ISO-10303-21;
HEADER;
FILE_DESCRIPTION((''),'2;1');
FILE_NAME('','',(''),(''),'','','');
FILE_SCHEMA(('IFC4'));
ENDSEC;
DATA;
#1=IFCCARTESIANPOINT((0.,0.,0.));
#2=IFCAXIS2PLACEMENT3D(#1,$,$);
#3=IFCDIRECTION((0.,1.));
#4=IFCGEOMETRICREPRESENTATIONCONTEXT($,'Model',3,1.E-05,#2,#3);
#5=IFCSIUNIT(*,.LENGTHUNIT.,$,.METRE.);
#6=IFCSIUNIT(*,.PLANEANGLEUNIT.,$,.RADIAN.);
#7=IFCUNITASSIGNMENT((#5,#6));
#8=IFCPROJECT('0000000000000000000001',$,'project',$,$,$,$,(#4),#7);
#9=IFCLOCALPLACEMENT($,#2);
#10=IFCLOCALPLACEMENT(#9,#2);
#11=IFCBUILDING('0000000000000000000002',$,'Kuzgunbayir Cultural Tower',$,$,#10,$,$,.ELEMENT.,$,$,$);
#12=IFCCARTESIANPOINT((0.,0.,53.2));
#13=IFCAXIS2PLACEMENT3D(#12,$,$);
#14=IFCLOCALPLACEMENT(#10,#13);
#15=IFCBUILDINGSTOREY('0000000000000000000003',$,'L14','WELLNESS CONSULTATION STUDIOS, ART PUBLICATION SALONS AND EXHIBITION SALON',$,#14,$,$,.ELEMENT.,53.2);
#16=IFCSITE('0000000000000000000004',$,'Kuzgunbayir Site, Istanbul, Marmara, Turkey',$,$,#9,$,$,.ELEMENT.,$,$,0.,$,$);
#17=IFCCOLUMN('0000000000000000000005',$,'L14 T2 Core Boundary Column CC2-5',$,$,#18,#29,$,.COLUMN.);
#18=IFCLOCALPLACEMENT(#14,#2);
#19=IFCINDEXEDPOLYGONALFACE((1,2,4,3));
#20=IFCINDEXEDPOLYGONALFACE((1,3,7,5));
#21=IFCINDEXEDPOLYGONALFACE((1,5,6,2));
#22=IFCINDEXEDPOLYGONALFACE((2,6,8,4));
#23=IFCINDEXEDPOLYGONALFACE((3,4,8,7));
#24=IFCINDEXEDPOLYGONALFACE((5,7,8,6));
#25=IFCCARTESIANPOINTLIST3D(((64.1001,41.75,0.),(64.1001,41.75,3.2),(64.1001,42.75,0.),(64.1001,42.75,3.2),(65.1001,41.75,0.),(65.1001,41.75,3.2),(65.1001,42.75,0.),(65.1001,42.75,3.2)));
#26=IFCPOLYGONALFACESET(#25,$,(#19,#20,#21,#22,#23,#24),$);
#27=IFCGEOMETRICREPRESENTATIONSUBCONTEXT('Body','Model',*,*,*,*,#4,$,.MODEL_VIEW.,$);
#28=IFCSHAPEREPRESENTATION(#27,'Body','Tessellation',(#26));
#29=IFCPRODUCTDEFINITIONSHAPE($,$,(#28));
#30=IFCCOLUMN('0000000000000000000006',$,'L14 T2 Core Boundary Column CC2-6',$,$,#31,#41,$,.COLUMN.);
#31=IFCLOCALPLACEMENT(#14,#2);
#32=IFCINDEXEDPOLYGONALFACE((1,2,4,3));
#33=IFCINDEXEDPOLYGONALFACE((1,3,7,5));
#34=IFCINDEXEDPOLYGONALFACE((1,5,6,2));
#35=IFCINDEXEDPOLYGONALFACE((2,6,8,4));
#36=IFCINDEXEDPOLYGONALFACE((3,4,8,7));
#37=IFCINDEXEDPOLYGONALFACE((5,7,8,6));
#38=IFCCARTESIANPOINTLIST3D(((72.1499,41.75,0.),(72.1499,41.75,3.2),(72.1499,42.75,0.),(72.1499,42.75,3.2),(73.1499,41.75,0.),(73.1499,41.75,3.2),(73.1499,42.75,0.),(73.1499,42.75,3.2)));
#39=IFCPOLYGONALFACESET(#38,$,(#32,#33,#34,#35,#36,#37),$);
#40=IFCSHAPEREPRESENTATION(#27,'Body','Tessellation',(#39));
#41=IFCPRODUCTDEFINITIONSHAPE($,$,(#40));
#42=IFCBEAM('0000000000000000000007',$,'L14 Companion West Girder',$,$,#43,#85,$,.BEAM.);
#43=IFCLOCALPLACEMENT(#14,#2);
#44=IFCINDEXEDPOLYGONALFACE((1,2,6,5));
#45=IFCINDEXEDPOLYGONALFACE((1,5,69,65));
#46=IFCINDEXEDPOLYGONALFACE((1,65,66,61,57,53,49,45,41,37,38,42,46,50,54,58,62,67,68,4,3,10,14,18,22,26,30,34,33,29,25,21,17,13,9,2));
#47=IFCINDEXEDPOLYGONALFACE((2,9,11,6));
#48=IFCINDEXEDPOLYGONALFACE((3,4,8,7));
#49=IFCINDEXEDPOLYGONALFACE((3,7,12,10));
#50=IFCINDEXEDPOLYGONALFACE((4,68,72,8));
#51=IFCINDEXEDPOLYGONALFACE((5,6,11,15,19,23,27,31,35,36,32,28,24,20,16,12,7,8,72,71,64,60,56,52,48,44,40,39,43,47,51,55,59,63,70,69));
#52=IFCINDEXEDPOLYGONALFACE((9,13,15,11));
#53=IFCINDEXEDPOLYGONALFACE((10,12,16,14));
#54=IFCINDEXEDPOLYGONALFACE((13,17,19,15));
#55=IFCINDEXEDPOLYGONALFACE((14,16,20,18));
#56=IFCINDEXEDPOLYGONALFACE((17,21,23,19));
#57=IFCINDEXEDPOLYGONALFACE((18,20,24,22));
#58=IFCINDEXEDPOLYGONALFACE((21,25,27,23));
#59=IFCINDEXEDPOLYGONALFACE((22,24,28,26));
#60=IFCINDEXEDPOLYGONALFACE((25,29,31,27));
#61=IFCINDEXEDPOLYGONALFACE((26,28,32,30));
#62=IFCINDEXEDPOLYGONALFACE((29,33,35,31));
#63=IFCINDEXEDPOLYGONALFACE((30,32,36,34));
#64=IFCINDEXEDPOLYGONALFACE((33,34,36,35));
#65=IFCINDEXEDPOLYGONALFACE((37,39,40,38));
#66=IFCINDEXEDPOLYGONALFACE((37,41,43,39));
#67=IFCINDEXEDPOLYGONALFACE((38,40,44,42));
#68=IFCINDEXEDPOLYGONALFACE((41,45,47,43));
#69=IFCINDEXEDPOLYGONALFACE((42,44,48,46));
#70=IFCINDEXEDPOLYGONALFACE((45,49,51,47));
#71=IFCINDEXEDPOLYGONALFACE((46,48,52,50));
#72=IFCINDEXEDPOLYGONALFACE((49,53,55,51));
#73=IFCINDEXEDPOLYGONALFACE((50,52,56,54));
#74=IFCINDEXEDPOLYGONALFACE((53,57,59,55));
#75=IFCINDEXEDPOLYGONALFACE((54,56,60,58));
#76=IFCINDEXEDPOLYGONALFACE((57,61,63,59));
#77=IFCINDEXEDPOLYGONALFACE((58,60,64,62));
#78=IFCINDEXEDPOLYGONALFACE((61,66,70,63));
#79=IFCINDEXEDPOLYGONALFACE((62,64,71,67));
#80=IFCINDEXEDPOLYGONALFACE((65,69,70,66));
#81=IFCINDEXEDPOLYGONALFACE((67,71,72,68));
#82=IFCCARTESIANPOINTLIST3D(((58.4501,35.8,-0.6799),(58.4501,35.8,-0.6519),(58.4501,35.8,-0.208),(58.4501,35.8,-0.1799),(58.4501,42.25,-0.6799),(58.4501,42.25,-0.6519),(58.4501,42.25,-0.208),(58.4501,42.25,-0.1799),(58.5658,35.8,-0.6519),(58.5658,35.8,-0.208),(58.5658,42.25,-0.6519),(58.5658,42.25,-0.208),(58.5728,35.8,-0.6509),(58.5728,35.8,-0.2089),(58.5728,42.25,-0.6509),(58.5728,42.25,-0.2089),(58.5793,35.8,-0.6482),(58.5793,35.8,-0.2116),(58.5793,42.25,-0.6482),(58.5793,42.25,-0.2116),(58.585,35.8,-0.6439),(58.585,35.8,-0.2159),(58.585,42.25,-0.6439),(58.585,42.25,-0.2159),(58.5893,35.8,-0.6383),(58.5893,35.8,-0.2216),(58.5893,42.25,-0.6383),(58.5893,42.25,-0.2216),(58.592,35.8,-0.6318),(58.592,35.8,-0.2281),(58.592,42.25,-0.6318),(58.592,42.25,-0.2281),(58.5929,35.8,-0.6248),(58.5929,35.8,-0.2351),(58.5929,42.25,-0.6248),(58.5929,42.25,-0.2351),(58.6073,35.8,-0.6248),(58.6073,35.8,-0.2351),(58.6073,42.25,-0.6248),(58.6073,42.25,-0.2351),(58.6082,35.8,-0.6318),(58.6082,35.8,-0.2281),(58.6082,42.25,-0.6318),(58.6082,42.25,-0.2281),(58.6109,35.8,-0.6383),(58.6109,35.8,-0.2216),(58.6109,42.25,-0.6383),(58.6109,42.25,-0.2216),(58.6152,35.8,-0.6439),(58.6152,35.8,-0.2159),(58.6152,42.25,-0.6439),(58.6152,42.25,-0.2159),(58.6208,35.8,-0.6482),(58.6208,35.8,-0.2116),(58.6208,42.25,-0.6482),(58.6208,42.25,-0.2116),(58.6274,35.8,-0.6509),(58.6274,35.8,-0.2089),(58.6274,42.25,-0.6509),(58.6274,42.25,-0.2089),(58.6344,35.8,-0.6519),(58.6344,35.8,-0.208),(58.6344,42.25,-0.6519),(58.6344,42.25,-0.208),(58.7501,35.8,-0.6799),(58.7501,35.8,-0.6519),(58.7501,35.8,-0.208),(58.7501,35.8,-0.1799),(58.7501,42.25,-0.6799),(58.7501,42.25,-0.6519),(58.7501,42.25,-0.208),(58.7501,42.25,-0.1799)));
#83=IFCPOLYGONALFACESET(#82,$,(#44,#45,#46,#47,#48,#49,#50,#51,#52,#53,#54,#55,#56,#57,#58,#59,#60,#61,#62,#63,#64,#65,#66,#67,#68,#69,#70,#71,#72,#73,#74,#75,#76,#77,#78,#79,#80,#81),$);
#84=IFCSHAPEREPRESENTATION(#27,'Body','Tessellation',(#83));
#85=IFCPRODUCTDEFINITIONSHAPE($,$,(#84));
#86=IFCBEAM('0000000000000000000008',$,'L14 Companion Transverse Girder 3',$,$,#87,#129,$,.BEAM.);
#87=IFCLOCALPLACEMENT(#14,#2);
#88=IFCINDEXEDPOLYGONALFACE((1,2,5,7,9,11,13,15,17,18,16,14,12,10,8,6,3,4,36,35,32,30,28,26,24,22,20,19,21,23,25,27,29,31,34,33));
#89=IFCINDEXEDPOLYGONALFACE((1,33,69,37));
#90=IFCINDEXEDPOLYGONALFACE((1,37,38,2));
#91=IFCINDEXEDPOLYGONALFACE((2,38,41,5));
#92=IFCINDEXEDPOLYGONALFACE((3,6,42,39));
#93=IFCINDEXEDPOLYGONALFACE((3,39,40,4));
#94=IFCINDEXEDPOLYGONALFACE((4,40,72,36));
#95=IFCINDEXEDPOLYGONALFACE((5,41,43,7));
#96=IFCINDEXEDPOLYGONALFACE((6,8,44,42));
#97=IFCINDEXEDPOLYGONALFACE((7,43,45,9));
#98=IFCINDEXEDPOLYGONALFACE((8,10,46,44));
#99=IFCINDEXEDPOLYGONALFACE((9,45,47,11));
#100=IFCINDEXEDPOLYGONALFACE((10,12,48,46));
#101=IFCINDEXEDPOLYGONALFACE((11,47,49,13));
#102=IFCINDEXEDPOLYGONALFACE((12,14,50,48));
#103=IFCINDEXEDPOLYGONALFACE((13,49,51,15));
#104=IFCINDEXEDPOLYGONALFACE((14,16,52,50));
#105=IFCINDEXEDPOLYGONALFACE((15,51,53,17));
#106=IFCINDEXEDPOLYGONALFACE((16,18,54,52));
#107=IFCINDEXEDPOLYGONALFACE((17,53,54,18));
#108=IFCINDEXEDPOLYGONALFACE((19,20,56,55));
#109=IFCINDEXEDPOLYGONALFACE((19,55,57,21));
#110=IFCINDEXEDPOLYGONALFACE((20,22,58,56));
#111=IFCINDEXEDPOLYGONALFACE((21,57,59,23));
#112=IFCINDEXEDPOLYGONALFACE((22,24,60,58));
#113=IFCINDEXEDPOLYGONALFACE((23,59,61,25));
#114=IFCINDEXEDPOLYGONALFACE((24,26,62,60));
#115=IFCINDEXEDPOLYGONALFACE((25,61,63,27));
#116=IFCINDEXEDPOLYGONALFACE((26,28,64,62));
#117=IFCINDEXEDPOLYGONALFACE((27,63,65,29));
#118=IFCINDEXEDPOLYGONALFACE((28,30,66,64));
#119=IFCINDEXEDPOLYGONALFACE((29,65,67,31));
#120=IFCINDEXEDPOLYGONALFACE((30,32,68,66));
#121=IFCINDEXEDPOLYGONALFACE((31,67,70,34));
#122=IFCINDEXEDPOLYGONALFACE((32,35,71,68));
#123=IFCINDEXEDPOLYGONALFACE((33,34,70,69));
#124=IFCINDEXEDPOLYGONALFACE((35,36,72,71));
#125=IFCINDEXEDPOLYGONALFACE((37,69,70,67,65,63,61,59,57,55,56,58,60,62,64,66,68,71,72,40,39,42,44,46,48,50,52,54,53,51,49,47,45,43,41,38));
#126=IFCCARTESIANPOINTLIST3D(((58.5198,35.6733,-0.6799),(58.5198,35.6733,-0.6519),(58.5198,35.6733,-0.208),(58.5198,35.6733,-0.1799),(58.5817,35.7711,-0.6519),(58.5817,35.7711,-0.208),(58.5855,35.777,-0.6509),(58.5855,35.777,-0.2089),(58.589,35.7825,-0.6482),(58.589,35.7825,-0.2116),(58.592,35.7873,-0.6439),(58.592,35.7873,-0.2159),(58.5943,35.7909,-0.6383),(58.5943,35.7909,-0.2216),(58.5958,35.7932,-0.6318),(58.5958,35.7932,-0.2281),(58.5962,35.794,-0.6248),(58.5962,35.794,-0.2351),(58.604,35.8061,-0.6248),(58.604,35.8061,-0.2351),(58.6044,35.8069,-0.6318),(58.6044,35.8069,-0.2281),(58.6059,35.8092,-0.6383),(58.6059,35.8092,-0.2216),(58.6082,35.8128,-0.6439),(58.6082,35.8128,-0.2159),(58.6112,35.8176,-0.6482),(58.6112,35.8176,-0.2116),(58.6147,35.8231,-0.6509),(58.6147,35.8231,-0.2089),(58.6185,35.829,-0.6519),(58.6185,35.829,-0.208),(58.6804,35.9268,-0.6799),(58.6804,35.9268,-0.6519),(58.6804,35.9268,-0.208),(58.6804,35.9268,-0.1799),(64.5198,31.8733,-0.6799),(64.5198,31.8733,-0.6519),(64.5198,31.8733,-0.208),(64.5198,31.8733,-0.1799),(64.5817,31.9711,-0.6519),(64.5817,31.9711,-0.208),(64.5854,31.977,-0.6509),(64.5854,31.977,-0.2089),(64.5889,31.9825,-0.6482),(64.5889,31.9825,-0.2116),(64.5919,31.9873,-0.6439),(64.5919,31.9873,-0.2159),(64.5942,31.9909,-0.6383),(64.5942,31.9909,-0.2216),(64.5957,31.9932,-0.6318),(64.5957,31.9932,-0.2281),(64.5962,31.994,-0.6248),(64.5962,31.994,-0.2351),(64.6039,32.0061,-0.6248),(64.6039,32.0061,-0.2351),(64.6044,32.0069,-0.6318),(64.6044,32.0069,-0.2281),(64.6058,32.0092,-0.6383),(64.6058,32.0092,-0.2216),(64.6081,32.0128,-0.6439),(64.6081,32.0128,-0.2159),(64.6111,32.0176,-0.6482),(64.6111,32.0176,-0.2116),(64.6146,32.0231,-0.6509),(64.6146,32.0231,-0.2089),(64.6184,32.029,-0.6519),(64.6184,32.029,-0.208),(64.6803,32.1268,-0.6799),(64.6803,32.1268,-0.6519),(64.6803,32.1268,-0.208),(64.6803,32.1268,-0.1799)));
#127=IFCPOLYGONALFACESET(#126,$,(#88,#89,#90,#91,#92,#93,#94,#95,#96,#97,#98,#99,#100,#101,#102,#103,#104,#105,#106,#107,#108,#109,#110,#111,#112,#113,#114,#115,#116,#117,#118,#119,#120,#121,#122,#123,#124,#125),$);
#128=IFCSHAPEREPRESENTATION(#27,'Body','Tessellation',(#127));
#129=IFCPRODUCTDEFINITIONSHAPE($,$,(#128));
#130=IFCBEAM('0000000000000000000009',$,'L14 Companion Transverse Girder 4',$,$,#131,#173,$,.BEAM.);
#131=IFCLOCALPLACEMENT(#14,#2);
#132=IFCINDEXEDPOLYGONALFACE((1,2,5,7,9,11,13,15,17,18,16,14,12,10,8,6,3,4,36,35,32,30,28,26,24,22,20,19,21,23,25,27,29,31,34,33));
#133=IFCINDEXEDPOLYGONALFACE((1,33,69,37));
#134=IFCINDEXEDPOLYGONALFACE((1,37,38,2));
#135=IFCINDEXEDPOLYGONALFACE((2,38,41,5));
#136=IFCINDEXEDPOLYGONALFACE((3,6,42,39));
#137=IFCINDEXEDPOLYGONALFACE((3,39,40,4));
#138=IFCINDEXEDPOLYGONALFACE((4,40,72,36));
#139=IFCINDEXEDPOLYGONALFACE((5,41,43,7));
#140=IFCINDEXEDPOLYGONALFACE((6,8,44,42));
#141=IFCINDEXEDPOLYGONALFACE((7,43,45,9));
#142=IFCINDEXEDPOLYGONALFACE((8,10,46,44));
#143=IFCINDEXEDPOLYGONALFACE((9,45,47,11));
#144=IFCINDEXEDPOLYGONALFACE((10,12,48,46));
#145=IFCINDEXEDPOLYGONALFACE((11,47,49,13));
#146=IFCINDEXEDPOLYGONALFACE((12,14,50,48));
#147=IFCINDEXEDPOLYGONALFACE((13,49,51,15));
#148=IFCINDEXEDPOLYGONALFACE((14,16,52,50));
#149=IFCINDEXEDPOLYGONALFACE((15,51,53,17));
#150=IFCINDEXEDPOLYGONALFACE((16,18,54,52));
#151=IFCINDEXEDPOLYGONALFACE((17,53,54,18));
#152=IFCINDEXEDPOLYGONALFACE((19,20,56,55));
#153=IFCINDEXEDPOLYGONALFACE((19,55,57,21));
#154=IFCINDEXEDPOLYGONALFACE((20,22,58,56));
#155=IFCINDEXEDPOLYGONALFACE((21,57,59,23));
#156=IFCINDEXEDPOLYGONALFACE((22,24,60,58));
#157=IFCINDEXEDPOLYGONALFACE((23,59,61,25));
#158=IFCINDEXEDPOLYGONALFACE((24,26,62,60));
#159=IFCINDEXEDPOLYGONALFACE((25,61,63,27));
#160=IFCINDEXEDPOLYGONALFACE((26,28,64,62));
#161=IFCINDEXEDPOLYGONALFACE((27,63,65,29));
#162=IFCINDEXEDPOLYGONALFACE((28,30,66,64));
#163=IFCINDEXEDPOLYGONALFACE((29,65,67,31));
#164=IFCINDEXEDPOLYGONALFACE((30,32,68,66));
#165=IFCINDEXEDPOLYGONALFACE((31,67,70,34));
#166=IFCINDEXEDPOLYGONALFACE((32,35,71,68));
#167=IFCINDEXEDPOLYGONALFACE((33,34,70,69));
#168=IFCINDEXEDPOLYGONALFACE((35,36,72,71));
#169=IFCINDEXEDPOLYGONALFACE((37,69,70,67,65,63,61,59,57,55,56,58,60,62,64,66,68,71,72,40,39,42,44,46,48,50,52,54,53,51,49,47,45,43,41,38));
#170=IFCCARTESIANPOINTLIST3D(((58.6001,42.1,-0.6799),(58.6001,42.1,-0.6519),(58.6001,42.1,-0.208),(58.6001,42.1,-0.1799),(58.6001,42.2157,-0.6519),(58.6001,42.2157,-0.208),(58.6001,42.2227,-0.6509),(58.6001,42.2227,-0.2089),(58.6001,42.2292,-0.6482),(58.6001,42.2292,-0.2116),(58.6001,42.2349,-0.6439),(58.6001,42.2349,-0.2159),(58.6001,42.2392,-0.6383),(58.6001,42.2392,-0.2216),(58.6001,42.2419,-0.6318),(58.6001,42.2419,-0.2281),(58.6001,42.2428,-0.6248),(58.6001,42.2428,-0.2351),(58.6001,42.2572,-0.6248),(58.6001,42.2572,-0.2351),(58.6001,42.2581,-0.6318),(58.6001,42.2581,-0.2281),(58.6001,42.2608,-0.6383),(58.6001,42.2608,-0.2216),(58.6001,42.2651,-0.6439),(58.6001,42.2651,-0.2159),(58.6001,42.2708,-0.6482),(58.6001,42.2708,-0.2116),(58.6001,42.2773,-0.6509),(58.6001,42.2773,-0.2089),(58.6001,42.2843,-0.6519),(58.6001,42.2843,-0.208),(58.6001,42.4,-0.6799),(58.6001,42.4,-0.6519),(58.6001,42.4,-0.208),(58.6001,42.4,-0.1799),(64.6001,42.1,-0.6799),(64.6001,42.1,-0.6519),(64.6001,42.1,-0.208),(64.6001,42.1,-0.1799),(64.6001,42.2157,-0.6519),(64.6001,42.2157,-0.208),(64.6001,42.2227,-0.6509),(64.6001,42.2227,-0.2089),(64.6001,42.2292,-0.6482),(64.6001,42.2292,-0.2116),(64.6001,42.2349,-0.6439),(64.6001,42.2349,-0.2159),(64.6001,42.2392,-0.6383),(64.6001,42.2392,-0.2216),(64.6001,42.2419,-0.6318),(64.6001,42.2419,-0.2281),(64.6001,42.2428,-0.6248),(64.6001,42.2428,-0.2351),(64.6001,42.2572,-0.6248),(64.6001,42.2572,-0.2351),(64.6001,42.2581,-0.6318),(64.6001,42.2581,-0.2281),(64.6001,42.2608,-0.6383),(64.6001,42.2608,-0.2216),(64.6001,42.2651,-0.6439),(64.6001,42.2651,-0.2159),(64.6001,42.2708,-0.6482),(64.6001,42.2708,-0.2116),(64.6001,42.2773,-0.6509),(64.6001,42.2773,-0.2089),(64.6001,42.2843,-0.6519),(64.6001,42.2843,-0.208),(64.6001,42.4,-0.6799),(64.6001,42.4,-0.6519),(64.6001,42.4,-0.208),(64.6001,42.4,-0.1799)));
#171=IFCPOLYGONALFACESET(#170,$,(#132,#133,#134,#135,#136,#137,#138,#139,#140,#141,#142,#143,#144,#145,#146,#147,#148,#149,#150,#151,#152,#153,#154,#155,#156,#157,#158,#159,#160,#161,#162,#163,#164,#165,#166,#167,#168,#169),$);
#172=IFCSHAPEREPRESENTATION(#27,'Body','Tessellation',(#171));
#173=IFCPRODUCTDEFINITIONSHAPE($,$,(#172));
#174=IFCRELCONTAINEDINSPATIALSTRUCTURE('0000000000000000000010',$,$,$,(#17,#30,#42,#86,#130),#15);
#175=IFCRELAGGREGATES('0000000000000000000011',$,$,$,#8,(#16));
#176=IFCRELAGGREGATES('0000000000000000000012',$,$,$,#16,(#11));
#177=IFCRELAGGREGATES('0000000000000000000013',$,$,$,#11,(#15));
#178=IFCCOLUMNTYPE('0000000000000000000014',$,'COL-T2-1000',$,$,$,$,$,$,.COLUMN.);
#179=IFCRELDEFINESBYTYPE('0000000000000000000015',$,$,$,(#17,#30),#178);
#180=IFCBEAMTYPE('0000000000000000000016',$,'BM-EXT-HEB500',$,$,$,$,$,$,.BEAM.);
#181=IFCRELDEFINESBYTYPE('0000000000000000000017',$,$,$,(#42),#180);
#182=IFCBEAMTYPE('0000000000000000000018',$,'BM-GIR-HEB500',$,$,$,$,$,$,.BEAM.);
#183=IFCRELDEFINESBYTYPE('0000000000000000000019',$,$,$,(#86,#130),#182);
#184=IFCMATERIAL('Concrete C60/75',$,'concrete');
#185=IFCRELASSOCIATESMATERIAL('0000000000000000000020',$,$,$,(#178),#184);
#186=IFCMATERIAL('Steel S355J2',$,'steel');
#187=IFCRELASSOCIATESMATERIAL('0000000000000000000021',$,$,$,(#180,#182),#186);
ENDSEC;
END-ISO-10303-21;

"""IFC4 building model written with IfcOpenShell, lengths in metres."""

from ifc_helpers import new_model, si_unit, direction, frame, origin, origin_2d, place, context, subcontext, project, spatial, rectangle, i_section, extrude, material, material_profile, profile_set, type_object, element, save


model = new_model("IFC4")

# Units and contexts
model_context = context("Model", 3, precision=1e-05, world=origin(), true_north=direction((0.0, 1.0)))
body_context = subcontext(model_context, "Body", "Model", "MODEL_VIEW")
ifc_project = project(units=[si_unit("LENGTHUNIT", "METRE"), si_unit("PLANEANGLEUNIT", "RADIAN")], contexts=[model_context])

# Site, building, storey
site_placement = place(None, origin())
site = spatial("IfcSite", under=ifc_project, at=site_placement, Name="Kuzgunbayir Site, Istanbul, Marmara, Turkey", CompositionType="ELEMENT", RefElevation=0.0)
building_placement = place(site_placement, origin())
building = spatial("IfcBuilding", under=site, at=building_placement, Name="Kuzgunbayir Cultural Tower", CompositionType="ELEMENT")
storey_placement = place(building_placement, frame((0.0, 0.0, 53.2)))
storey = spatial("IfcBuildingStorey", under=building, at=storey_placement, Name="L14", Description="WELLNESS CONSULTATION STUDIOS, ART PUBLICATION SALONS AND EXHIBITION SALON", CompositionType="ELEMENT", Elevation=53.2)

# Columns
ifc_material_1 = material(Name="Concrete C60/75", Category="concrete")
ifc_material_profile_1 = material_profile(ifc_material_1, rectangle(XDim=1.0, YDim=1.0, at=origin_2d()), Name="RC 1000x1000")
ifc_profile_set_1 = profile_set([ifc_material_profile_1], Name="Concrete C60/75")
column_type = type_object("IfcColumnType", Name="COL-T2-1000", PredefinedType="COLUMN", material=ifc_profile_set_1)
for number, where, z_axis, x_axis, name in (
    (1, (64.6001, 42.25, 0.0), (0.0, 0.0, 1.0), (1.0, 0.0, 0.0), "L14 T2 Core Boundary Column CC2-5"),
    (2, (72.6499, 42.25, 0.0), (0.0, 0.0, 1.0), (1.0, 0.0, 0.0), "L14 T2 Core Boundary Column CC2-6"),
):
    element("IfcColumn", number, at=place(storey_placement, frame(where, z_axis=z_axis, x_axis=x_axis)), inside=storey, type_object=column_type, Name=name, PredefinedType="COLUMN", context=body_context, shape_type="SweptSolid", body=[
        extrude(rectangle(XDim=1.0, YDim=1.0, at=origin_2d()), origin(), (0.0, 0.0, 1.0), 3.2),
    ])

# Beams
ifc_material_2 = material(Name="Steel S355J2", Category="steel")
ifc_material_profile_2 = material_profile(ifc_material_2, i_section(OverallWidth=0.3, OverallDepth=0.5, WebThickness=0.0144, FlangeThickness=0.0281, FilletRadius=0.0271, at=origin_2d()), Name="HEB 500")
ifc_profile_set_2 = profile_set([ifc_material_profile_2], Name="Steel S355J2")
beam_type_1 = type_object("IfcBeamType", Name="BM-EXT-HEB500", PredefinedType="BEAM", material=ifc_profile_set_2)
beam_1_placement = place(storey_placement, frame((58.6001, 35.8, -0.4299), z_axis=(0.0, 1.0, 0.0), x_axis=(-1.0, 0.0, 0.0)))
element("IfcBeam", 3, at=beam_1_placement, inside=storey, type_object=beam_type_1, Name="L14 Companion West Girder", PredefinedType="BEAM", context=body_context, shape_type="SweptSolid", body=[
    extrude(i_section(OverallWidth=0.3, OverallDepth=0.5, WebThickness=0.0144, FlangeThickness=0.0281, FilletRadius=0.0271, at=origin_2d()), origin(), (0.0, 0.0, 1.0), 6.45),
])
ifc_material_profile_3 = material_profile(ifc_material_2, i_section(OverallWidth=0.3, OverallDepth=0.5, WebThickness=0.0144, FlangeThickness=0.0281, FilletRadius=0.0271, at=origin_2d()), Name="HEB 500")
ifc_profile_set_3 = profile_set([ifc_material_profile_3], Name="Steel S355J2")
beam_type_2 = type_object("IfcBeamType", Name="BM-GIR-HEB500", PredefinedType="BEAM", material=ifc_profile_set_3)
beam_2_placement = place(storey_placement, frame((58.6001, 35.8, -0.4299), z_axis=(0.844816, -0.535057, 0.0), x_axis=(0.535057, 0.844816, 0.0)))
element("IfcBeam", 4, at=beam_2_placement, inside=storey, type_object=beam_type_2, Name="L14 Companion Transverse Girder 3", PredefinedType="BEAM", context=body_context, shape_type="SweptSolid", body=[
    extrude(i_section(OverallWidth=0.3, OverallDepth=0.5, WebThickness=0.0144, FlangeThickness=0.0281, FilletRadius=0.0271, at=origin_2d()), origin(), (0.0, 0.0, 1.0), 7.1021),
])
beam_3_placement = place(storey_placement, frame((58.6001, 42.25, -0.4299), z_axis=(1.0, 0.0, 0.0), x_axis=(0.0, 1.0, 0.0)))
element("IfcBeam", 5, at=beam_3_placement, inside=storey, type_object=beam_type_2, Name="L14 Companion Transverse Girder 4", PredefinedType="BEAM", context=body_context, shape_type="SweptSolid", body=[
    extrude(i_section(OverallWidth=0.3, OverallDepth=0.5, WebThickness=0.0144, FlangeThickness=0.0281, FilletRadius=0.0271, at=origin_2d()), origin(), (0.0, 0.0, 1.0), 6.0),
])

save(model, "model.ifc")
